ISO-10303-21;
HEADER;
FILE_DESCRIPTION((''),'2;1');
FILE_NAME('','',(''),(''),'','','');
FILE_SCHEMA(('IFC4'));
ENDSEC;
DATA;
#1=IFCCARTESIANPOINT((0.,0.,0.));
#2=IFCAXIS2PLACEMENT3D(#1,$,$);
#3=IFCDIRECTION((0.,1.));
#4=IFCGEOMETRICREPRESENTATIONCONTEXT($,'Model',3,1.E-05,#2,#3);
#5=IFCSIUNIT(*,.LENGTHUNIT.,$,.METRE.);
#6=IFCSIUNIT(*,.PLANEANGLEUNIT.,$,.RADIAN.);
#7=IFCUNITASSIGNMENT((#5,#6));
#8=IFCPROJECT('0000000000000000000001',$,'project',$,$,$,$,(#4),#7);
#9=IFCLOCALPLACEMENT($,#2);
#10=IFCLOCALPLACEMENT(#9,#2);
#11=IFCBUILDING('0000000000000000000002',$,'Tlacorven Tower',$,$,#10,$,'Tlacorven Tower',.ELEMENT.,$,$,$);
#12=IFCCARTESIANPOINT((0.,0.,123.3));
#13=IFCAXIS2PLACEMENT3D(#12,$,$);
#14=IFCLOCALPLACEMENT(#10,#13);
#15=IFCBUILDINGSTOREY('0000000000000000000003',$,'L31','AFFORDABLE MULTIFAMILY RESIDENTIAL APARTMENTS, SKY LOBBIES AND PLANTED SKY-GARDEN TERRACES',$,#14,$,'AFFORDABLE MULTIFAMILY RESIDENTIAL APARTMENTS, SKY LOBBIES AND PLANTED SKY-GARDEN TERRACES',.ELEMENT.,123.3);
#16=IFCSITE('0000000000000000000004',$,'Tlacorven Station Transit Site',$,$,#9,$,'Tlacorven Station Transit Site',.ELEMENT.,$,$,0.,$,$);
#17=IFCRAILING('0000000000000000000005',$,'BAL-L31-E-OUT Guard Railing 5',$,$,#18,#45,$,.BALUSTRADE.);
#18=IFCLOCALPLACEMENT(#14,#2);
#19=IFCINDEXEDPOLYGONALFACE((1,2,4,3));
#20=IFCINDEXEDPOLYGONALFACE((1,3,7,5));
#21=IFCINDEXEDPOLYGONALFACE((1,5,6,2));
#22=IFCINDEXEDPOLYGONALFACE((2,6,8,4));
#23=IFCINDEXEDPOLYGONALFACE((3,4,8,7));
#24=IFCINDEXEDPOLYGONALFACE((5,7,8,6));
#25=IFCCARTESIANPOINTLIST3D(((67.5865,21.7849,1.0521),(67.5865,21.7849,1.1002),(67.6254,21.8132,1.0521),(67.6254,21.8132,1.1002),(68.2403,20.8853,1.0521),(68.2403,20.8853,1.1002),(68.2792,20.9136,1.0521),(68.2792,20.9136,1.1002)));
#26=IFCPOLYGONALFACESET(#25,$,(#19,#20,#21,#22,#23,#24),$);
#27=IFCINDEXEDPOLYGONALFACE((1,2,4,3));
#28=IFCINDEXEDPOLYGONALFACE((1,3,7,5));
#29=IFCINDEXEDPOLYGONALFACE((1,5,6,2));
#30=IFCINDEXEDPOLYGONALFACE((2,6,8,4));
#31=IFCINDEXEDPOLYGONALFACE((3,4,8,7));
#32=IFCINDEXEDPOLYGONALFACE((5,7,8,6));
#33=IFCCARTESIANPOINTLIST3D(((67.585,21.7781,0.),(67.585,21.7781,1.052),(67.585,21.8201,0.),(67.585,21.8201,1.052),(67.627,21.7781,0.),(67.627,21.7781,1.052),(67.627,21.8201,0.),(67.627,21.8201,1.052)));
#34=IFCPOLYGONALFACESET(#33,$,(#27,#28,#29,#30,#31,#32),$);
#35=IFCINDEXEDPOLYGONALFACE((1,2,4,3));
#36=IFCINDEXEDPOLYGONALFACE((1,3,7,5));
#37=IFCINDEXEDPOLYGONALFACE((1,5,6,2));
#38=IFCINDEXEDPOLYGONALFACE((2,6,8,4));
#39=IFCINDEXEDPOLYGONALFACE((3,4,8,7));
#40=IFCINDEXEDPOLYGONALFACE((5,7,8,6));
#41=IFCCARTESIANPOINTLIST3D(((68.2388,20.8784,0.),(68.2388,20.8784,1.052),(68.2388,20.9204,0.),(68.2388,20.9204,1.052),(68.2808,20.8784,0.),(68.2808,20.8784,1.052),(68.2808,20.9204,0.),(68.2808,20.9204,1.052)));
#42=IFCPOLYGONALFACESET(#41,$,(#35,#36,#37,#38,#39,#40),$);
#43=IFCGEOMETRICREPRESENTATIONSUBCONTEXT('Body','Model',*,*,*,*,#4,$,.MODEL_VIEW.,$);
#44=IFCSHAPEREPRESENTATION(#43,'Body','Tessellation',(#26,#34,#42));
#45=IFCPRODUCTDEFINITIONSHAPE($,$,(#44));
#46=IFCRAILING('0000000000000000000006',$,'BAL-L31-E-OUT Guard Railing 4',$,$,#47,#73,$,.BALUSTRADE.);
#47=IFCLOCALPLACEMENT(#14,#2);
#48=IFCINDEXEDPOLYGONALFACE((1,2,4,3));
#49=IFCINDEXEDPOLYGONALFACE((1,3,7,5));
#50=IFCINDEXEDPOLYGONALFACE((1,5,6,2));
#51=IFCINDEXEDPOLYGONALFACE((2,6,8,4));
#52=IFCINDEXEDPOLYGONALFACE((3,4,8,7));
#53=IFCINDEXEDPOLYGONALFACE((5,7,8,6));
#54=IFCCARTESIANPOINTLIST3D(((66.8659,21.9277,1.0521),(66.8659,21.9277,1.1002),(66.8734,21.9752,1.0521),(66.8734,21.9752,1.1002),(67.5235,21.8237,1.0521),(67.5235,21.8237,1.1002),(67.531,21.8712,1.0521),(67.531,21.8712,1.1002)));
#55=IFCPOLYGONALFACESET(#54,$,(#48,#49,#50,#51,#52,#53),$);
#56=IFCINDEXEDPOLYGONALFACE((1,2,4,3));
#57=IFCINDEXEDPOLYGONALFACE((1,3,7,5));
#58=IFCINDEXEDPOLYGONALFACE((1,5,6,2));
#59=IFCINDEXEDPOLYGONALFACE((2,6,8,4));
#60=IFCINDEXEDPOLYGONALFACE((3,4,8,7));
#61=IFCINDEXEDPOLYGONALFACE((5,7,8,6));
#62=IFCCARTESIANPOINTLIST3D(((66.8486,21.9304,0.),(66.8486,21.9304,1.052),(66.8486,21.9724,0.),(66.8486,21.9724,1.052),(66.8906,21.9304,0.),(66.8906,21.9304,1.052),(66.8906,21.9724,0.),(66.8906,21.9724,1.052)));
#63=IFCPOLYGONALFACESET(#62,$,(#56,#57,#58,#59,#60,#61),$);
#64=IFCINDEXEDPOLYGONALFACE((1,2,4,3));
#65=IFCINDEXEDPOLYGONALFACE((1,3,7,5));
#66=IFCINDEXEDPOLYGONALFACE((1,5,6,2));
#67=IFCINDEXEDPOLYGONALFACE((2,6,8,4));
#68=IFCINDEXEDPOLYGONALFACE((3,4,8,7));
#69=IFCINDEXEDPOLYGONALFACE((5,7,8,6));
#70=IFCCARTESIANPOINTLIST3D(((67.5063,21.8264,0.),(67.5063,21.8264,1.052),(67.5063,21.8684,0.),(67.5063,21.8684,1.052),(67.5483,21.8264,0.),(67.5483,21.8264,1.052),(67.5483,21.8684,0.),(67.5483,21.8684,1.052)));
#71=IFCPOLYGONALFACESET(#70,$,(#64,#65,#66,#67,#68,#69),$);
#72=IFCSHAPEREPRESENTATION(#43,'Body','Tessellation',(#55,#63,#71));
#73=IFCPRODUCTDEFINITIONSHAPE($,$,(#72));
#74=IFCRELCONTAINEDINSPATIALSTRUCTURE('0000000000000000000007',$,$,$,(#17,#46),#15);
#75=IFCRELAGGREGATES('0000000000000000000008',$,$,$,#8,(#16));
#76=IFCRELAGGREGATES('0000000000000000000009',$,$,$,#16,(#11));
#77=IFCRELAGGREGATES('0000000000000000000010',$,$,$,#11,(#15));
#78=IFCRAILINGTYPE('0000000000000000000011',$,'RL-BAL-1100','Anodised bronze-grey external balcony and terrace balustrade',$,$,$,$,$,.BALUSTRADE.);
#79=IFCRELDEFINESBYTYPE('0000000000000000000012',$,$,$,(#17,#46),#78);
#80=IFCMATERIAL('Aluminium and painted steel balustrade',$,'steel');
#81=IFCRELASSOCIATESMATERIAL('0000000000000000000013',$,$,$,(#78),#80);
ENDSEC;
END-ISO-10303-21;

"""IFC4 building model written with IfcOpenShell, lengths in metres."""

from ifc_helpers import new_model, si_unit, direction, frame, origin, origin_2d, place, context, subcontext, project, spatial, rectangle, extrude, source, transform, mapped, material, type_object, element, save


model = new_model("IFC4")

# Units and contexts
model_context = context("Model", 3, precision=1e-05, world=origin(), true_north=direction((0.0, 1.0)))
body_context = subcontext(model_context, "Body", "Model", "MODEL_VIEW")
ifc_project = project(units=[si_unit("LENGTHUNIT", "METRE"), si_unit("PLANEANGLEUNIT", "RADIAN")], contexts=[model_context])

# Site, building, storey
site_placement = place(None, origin())
site = spatial("IfcSite", under=ifc_project, at=site_placement, Name="Tlacorven Station Transit Site", LongName="Tlacorven Station Transit Site", CompositionType="ELEMENT", RefElevation=0.0)
building_placement = place(site_placement, origin())
building = spatial("IfcBuilding", under=site, at=building_placement, Name="Tlacorven Tower", LongName="Tlacorven Tower", CompositionType="ELEMENT")
storey_placement = place(building_placement, frame((0.0, 0.0, 123.3)))
storey = spatial("IfcBuildingStorey", under=building, at=storey_placement, Name="L31", Description="AFFORDABLE MULTIFAMILY RESIDENTIAL APARTMENTS, SKY LOBBIES AND PLANTED SKY-GARDEN TERRACES", LongName="AFFORDABLE MULTIFAMILY RESIDENTIAL APARTMENTS, SKY LOBBIES AND PLANTED SKY-GARDEN TERRACES", CompositionType="ELEMENT", Elevation=123.3)

# Railings
ifc_material_1 = material(Name="Aluminium and painted steel balustrade", Category="steel")
railing_type = type_object("IfcRailingType", Name="RL-BAL-1100", Description="Anodised bronze-grey external balcony and terrace balustrade", PredefinedType="BALUSTRADE", material=ifc_material_1)
shared_shape_1 = source(origin(), body_context, "Body", "SweptSolid", [
    extrude(rectangle(XDim=0.0481, YDim=0.0481, at=origin_2d()), frame((0.0, 0.0, 1.0762), z_axis=(0.587884, -0.808945, 0.0), x_axis=(0.808945, 0.587884, 0.0)), (0.0, 0.0, 1.0), 1.1121),
    extrude(rectangle(XDim=0.042, YDim=0.042, at=origin_2d()), origin(), (0.0, 0.0, 1.0), 1.052),
    extrude(rectangle(XDim=0.042, YDim=0.042, at=origin_2d()), frame((0.6538, -0.8997, 0.0)), (0.0, 0.0, 1.0), 1.052),
])
railing_1_placement = place(storey_placement, frame((67.606, 21.7991, 0.0)))
element("IfcRailing", 1, at=railing_1_placement, inside=storey, type_object=railing_type, Name="BAL-L31-E-OUT Guard Railing 5", PredefinedType="BALUSTRADE", context=body_context, shape_type="MappedRepresentation", body=[
    mapped(shared_shape_1, transform((0.0, 0.0, 0.0), scale=1.0)),
])
shared_shape_2 = source(origin(), body_context, "Body", "SweptSolid", [
    extrude(rectangle(XDim=0.0481, YDim=0.0481, at=origin_2d()), frame((0.0, 0.0, 1.0762), z_axis=(0.987727, -0.156188, 0.0), x_axis=(0.156188, 0.987727, 0.0)), (0.0, 0.0, 1.0), 0.6658),
    extrude(rectangle(XDim=0.042, YDim=0.042, at=origin_2d()), origin(), (0.0, 0.0, 1.0), 1.052),
    extrude(rectangle(XDim=0.042, YDim=0.042, at=origin_2d()), frame((0.6577, -0.104, 0.0)), (0.0, 0.0, 1.0), 1.052),
])
railing_2_placement = place(storey_placement, frame((66.8696, 21.9514, 0.0)))
element("IfcRailing", 2, at=railing_2_placement, inside=storey, type_object=railing_type, Name="BAL-L31-E-OUT Guard Railing 4", PredefinedType="BALUSTRADE", context=body_context, shape_type="MappedRepresentation", body=[
    mapped(shared_shape_2, transform((0.0, 0.0, 0.0), scale=1.0)),
])

save(model, "model.ifc")
